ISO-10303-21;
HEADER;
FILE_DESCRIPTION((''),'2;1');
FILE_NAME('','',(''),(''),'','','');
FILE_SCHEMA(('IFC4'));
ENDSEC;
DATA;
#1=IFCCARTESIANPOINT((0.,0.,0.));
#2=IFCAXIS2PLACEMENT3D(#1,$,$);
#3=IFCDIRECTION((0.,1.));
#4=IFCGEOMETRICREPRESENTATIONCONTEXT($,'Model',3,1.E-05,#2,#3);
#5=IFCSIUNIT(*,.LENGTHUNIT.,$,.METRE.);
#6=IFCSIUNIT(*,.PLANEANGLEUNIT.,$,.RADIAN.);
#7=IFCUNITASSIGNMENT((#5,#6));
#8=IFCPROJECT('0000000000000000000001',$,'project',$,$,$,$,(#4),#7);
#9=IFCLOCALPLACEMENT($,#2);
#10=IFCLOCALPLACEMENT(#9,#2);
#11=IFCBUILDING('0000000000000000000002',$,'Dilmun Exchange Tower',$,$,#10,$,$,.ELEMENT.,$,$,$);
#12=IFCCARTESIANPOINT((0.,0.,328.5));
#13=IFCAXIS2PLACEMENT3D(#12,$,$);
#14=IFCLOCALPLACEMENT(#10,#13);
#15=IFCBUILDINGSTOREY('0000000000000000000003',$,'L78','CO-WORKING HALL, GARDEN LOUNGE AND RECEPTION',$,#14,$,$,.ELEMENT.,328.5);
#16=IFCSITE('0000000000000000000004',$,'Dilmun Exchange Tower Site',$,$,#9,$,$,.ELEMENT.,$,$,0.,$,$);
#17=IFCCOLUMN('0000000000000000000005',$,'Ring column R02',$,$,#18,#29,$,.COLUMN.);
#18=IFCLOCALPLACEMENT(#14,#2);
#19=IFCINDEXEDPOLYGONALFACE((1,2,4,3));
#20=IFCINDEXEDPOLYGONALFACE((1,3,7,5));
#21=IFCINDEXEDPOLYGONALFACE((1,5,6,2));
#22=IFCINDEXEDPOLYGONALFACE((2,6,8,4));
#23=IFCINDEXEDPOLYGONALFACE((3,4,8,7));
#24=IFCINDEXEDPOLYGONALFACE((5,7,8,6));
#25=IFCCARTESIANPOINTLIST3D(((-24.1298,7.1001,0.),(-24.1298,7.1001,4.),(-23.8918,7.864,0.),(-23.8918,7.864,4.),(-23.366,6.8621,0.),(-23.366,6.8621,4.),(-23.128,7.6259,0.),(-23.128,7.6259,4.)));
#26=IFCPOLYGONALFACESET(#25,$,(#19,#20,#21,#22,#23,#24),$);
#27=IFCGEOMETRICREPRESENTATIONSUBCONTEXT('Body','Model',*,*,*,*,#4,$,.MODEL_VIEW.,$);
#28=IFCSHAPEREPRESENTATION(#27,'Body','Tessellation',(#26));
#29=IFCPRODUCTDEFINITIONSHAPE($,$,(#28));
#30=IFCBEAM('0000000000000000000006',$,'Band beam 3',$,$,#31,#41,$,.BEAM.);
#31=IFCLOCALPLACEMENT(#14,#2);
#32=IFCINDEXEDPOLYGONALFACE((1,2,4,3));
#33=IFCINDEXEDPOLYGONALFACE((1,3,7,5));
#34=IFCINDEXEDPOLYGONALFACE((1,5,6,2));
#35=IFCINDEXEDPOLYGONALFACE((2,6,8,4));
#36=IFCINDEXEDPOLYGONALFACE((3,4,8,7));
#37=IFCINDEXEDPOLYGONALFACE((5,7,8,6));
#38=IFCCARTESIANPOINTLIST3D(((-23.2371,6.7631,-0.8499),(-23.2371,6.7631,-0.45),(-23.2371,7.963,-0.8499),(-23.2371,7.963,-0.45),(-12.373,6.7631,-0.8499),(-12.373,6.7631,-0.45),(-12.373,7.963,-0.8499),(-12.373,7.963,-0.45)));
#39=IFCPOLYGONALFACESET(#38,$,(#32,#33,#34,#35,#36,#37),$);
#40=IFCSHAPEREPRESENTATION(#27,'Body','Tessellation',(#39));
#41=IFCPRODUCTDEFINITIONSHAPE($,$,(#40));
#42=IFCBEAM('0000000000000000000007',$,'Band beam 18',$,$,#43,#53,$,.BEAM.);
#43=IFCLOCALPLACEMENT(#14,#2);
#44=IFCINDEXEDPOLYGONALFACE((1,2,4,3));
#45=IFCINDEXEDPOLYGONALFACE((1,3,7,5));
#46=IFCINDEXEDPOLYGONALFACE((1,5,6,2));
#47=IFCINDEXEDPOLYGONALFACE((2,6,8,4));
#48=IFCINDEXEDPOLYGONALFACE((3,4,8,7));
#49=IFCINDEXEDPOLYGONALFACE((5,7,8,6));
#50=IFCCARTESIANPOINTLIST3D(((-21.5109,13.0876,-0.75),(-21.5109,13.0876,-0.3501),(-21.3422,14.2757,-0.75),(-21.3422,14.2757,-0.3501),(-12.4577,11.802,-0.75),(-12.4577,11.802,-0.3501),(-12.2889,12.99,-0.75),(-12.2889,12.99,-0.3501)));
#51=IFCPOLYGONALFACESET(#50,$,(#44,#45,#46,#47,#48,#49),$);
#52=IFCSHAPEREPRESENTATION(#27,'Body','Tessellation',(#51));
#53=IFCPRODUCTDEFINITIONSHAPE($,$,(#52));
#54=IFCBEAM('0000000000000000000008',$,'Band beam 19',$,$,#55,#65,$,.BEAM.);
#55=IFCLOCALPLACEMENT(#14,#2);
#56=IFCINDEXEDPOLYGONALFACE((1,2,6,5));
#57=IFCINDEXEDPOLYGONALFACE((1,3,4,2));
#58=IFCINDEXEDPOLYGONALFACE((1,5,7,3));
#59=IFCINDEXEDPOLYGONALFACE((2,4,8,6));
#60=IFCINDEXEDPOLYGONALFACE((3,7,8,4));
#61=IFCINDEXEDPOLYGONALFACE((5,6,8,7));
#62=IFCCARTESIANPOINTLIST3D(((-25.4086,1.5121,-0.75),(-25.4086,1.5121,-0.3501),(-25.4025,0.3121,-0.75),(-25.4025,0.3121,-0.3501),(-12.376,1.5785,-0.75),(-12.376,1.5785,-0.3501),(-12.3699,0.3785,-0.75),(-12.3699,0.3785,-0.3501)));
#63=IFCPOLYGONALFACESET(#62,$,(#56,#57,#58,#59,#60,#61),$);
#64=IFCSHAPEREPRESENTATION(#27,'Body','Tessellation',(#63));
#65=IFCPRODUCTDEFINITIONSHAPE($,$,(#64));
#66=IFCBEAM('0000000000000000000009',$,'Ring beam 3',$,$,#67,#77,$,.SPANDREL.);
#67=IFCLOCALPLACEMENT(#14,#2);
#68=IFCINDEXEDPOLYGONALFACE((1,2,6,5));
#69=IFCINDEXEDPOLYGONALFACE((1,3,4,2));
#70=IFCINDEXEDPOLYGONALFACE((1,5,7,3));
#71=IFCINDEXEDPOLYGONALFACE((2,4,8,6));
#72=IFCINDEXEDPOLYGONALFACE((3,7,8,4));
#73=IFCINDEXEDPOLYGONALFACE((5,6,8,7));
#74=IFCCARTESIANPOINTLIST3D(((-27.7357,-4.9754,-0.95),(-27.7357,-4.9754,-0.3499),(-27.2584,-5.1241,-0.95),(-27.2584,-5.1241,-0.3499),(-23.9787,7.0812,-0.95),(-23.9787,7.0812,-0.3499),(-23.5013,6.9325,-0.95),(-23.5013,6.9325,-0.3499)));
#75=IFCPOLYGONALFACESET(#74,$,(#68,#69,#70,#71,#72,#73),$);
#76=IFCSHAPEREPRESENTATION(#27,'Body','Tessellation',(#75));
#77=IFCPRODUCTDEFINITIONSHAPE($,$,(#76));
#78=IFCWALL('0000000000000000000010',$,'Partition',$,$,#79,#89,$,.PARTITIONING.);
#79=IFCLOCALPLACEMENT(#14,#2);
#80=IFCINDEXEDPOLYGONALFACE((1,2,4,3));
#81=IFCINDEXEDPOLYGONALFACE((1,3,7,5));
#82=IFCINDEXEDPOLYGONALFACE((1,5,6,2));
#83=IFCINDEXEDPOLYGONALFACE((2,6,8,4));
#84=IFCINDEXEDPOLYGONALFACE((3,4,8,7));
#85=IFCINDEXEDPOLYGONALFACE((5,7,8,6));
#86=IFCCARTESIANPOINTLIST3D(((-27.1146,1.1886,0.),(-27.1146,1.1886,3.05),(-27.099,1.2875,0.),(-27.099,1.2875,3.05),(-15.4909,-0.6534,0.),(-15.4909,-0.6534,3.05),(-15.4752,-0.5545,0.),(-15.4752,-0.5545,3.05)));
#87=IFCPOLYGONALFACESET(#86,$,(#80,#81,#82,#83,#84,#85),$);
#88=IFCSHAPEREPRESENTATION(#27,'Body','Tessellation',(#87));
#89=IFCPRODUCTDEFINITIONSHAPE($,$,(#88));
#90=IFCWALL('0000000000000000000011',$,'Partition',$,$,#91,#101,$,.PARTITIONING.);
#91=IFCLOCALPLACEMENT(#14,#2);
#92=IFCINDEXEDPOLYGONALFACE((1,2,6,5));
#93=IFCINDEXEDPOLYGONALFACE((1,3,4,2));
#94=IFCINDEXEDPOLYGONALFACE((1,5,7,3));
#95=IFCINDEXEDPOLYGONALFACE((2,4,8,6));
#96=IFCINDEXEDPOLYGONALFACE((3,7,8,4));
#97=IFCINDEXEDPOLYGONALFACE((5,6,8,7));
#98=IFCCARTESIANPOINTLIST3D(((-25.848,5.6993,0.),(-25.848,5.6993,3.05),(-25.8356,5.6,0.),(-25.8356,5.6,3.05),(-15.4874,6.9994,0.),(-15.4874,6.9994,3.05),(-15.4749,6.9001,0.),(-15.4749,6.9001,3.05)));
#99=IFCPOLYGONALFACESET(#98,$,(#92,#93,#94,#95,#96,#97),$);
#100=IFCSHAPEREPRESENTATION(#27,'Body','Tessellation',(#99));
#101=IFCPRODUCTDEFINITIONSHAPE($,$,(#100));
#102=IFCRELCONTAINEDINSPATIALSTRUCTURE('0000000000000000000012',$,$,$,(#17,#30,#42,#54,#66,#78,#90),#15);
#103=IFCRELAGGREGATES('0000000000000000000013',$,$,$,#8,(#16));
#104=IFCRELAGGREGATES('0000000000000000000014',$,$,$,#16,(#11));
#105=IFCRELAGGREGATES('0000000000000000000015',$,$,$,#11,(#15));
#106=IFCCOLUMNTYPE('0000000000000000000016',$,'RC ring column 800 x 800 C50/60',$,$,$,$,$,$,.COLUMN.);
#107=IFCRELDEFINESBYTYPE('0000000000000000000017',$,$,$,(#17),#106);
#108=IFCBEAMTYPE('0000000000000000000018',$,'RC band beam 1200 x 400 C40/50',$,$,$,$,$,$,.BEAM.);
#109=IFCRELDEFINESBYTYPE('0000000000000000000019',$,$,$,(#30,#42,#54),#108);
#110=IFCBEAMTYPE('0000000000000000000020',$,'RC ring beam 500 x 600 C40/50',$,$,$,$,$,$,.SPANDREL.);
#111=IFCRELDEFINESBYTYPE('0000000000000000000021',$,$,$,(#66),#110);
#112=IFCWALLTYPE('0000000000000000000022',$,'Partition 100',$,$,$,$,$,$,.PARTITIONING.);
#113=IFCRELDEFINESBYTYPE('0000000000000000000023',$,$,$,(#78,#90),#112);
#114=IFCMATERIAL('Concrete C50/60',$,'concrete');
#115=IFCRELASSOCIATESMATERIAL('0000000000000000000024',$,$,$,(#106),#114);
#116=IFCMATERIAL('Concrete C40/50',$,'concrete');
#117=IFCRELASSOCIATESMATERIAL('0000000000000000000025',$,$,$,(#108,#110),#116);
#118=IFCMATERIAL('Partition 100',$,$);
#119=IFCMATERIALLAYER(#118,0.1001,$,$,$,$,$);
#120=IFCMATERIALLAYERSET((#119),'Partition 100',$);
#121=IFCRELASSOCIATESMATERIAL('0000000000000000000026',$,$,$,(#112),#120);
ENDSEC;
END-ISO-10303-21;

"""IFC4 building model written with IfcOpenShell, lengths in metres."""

from ifc_helpers import new_model, si_unit, direction, frame, frame_2d, origin, origin_2d, place, context, subcontext, project, spatial, rectangle, extrude, material, layer, layer_set, material_profile, profile_set, type_object, element, save


model = new_model("IFC4")

# Units and contexts
model_context = context("Model", 3, precision=1e-05, world=origin(), true_north=direction((0.0, 1.0)))
body_context = subcontext(model_context, "Body", "Model", "MODEL_VIEW")
ifc_project = project(units=[si_unit("LENGTHUNIT", "METRE"), si_unit("PLANEANGLEUNIT", "RADIAN")], contexts=[model_context])

# Site, building, storey
site_placement = place(None, origin())
site = spatial("IfcSite", under=ifc_project, at=site_placement, Name="Dilmun Exchange Tower Site", CompositionType="ELEMENT", RefElevation=0.0)
building_placement = place(site_placement, origin())
building = spatial("IfcBuilding", under=site, at=building_placement, Name="Dilmun Exchange Tower", CompositionType="ELEMENT")
storey_placement = place(building_placement, frame((0.0, 0.0, 328.5)))
storey = spatial("IfcBuildingStorey", under=building, at=storey_placement, Name="L78", Description="CO-WORKING HALL, GARDEN LOUNGE AND RECEPTION", CompositionType="ELEMENT", Elevation=328.5)

# Column
ifc_material_1 = material(Name="Concrete C50/60", Category="concrete")
ifc_material_profile_1 = material_profile(ifc_material_1, rectangle(XDim=0.8, YDim=0.8, at=origin_2d()), Name="800 x 800")
ifc_profile_set_1 = profile_set([ifc_material_profile_1], Name="Concrete C50/60")
column_type = type_object("IfcColumnType", Name="RC ring column 800 x 800 C50/60", PredefinedType="COLUMN", material=ifc_profile_set_1)
column_placement = place(storey_placement, frame((-23.6289, 7.363, 0.0), z_axis=(0.0, 0.0, 1.0), x_axis=(0.297503, 0.954721, 0.0)))
element("IfcColumn", 1, at=column_placement, inside=storey, type_object=column_type, Name="Ring column R02", PredefinedType="COLUMN", context=body_context, shape_type="SweptSolid", body=[
    extrude(rectangle(XDim=0.8, YDim=0.8, at=origin_2d()), origin(), (0.0, 0.0, 1.0), 4.0),
])

# Beams
ifc_material_2 = material(Name="Concrete C40/50", Category="concrete")
ifc_material_profile_2 = material_profile(ifc_material_2, rectangle(XDim=1.2, YDim=0.3999, at=origin_2d()), Name="1200 x 400")
ifc_profile_set_2 = profile_set([ifc_material_profile_2], Name="Concrete C40/50")
beam_type_1 = type_object("IfcBeamType", Name="RC band beam 1200 x 400 C40/50", PredefinedType="BEAM", material=ifc_profile_set_2)
beam_1_placement = place(storey_placement, frame((-23.2371, 7.363, -0.6499), z_axis=(1.0, 0.0, 0.0), x_axis=(0.0, 1.0, 0.0)))
element("IfcBeam", 2, at=beam_1_placement, inside=storey, type_object=beam_type_1, Name="Band beam 3", PredefinedType="BEAM", context=body_context, shape_type="SweptSolid", body=[
    extrude(rectangle(XDim=1.2, YDim=0.3999, at=origin_2d()), origin(), (0.0, 0.0, 1.0), 10.864),
])
beam_2_placement = place(storey_placement, frame((-21.4265, 13.6816, -0.55), z_axis=(0.990067, -0.140599, 0.0), x_axis=(0.140599, 0.990067, 0.0)))
element("IfcBeam", 3, at=beam_2_placement, inside=storey, type_object=beam_type_1, Name="Band beam 18", PredefinedType="BEAM", context=body_context, shape_type="SweptSolid", body=[
    extrude(rectangle(XDim=1.2, YDim=0.3999, at=origin_2d()), origin(), (0.0, 0.0, 1.0), 9.144),
])
beam_3_placement = place(storey_placement, frame((-25.4055, 0.9121, -0.55), z_axis=(0.999987, 0.005095, 0.0), x_axis=(-0.005095, 0.999987, 0.0)))
element("IfcBeam", 4, at=beam_3_placement, inside=storey, type_object=beam_type_1, Name="Band beam 19", PredefinedType="BEAM", context=body_context, shape_type="SweptSolid", body=[
    extrude(rectangle(XDim=1.2, YDim=0.3999, at=origin_2d()), origin(), (0.0, 0.0, 1.0), 13.0327),
])
ifc_material_profile_3 = material_profile(ifc_material_2, rectangle(XDim=0.5, YDim=0.6001, at=origin_2d()), Name="500 x 600")
ifc_profile_set_3 = profile_set([ifc_material_profile_3], Name="Concrete C40/50")
beam_type_2 = type_object("IfcBeamType", Name="RC ring beam 500 x 600 C40/50", PredefinedType="SPANDREL", material=ifc_profile_set_3)
beam_4_placement = place(storey_placement, frame((-23.74, 7.0068, -0.6499), z_axis=(-0.297509, -0.954719, 0.0), x_axis=(0.954719, -0.297509, 0.0)))
element("IfcBeam", 5, at=beam_4_placement, inside=storey, type_object=beam_type_2, Name="Ring beam 3", PredefinedType="SPANDREL", context=body_context, shape_type="SweptSolid", body=[
    extrude(rectangle(XDim=0.5, YDim=0.6001, at=origin_2d()), origin(), (0.0, 0.0, 1.0), 12.6284),
])

# Walls
ifc_material_3 = material(Name="Partition 100")
ifc_layer = layer(ifc_material_3, 0.1001)
ifc_layer_set = layer_set([ifc_layer], Name="Partition 100")
wall_type = type_object("IfcWallType", Name="Partition 100", PredefinedType="PARTITIONING", material=ifc_layer_set)
wall_1_placement = place(storey_placement, frame((-27.1067, 1.238, 0.0), z_axis=(0.0, 0.0, 1.0), x_axis=(0.987675, -0.156519, 0.0)))
element("IfcWall", 6, at=wall_1_placement, inside=storey, type_object=wall_type, Name="Partition", PredefinedType="PARTITIONING", context=body_context, shape_type="SweptSolid", body=[
    extrude(rectangle(XDim=11.7688, YDim=0.1001, at=frame_2d((5.8843, 0.0))), origin(), (0.0, 0.0, 1.0), 3.05),
])
wall_2_placement = place(storey_placement, frame((-25.8418, 5.6497, 0.0), z_axis=(0.0, 0.0, 1.0), x_axis=(0.992219, 0.124504, 0.0)))
element("IfcWall", 7, at=wall_2_placement, inside=storey, type_object=wall_type, Name="Partition", PredefinedType="PARTITIONING", context=body_context, shape_type="SweptSolid", body=[
    extrude(rectangle(XDim=10.4419, YDim=0.1001, at=frame_2d((5.2209, 0.0))), origin(), (0.0, 0.0, 1.0), 3.05),
])

save(model, "model.ifc")
